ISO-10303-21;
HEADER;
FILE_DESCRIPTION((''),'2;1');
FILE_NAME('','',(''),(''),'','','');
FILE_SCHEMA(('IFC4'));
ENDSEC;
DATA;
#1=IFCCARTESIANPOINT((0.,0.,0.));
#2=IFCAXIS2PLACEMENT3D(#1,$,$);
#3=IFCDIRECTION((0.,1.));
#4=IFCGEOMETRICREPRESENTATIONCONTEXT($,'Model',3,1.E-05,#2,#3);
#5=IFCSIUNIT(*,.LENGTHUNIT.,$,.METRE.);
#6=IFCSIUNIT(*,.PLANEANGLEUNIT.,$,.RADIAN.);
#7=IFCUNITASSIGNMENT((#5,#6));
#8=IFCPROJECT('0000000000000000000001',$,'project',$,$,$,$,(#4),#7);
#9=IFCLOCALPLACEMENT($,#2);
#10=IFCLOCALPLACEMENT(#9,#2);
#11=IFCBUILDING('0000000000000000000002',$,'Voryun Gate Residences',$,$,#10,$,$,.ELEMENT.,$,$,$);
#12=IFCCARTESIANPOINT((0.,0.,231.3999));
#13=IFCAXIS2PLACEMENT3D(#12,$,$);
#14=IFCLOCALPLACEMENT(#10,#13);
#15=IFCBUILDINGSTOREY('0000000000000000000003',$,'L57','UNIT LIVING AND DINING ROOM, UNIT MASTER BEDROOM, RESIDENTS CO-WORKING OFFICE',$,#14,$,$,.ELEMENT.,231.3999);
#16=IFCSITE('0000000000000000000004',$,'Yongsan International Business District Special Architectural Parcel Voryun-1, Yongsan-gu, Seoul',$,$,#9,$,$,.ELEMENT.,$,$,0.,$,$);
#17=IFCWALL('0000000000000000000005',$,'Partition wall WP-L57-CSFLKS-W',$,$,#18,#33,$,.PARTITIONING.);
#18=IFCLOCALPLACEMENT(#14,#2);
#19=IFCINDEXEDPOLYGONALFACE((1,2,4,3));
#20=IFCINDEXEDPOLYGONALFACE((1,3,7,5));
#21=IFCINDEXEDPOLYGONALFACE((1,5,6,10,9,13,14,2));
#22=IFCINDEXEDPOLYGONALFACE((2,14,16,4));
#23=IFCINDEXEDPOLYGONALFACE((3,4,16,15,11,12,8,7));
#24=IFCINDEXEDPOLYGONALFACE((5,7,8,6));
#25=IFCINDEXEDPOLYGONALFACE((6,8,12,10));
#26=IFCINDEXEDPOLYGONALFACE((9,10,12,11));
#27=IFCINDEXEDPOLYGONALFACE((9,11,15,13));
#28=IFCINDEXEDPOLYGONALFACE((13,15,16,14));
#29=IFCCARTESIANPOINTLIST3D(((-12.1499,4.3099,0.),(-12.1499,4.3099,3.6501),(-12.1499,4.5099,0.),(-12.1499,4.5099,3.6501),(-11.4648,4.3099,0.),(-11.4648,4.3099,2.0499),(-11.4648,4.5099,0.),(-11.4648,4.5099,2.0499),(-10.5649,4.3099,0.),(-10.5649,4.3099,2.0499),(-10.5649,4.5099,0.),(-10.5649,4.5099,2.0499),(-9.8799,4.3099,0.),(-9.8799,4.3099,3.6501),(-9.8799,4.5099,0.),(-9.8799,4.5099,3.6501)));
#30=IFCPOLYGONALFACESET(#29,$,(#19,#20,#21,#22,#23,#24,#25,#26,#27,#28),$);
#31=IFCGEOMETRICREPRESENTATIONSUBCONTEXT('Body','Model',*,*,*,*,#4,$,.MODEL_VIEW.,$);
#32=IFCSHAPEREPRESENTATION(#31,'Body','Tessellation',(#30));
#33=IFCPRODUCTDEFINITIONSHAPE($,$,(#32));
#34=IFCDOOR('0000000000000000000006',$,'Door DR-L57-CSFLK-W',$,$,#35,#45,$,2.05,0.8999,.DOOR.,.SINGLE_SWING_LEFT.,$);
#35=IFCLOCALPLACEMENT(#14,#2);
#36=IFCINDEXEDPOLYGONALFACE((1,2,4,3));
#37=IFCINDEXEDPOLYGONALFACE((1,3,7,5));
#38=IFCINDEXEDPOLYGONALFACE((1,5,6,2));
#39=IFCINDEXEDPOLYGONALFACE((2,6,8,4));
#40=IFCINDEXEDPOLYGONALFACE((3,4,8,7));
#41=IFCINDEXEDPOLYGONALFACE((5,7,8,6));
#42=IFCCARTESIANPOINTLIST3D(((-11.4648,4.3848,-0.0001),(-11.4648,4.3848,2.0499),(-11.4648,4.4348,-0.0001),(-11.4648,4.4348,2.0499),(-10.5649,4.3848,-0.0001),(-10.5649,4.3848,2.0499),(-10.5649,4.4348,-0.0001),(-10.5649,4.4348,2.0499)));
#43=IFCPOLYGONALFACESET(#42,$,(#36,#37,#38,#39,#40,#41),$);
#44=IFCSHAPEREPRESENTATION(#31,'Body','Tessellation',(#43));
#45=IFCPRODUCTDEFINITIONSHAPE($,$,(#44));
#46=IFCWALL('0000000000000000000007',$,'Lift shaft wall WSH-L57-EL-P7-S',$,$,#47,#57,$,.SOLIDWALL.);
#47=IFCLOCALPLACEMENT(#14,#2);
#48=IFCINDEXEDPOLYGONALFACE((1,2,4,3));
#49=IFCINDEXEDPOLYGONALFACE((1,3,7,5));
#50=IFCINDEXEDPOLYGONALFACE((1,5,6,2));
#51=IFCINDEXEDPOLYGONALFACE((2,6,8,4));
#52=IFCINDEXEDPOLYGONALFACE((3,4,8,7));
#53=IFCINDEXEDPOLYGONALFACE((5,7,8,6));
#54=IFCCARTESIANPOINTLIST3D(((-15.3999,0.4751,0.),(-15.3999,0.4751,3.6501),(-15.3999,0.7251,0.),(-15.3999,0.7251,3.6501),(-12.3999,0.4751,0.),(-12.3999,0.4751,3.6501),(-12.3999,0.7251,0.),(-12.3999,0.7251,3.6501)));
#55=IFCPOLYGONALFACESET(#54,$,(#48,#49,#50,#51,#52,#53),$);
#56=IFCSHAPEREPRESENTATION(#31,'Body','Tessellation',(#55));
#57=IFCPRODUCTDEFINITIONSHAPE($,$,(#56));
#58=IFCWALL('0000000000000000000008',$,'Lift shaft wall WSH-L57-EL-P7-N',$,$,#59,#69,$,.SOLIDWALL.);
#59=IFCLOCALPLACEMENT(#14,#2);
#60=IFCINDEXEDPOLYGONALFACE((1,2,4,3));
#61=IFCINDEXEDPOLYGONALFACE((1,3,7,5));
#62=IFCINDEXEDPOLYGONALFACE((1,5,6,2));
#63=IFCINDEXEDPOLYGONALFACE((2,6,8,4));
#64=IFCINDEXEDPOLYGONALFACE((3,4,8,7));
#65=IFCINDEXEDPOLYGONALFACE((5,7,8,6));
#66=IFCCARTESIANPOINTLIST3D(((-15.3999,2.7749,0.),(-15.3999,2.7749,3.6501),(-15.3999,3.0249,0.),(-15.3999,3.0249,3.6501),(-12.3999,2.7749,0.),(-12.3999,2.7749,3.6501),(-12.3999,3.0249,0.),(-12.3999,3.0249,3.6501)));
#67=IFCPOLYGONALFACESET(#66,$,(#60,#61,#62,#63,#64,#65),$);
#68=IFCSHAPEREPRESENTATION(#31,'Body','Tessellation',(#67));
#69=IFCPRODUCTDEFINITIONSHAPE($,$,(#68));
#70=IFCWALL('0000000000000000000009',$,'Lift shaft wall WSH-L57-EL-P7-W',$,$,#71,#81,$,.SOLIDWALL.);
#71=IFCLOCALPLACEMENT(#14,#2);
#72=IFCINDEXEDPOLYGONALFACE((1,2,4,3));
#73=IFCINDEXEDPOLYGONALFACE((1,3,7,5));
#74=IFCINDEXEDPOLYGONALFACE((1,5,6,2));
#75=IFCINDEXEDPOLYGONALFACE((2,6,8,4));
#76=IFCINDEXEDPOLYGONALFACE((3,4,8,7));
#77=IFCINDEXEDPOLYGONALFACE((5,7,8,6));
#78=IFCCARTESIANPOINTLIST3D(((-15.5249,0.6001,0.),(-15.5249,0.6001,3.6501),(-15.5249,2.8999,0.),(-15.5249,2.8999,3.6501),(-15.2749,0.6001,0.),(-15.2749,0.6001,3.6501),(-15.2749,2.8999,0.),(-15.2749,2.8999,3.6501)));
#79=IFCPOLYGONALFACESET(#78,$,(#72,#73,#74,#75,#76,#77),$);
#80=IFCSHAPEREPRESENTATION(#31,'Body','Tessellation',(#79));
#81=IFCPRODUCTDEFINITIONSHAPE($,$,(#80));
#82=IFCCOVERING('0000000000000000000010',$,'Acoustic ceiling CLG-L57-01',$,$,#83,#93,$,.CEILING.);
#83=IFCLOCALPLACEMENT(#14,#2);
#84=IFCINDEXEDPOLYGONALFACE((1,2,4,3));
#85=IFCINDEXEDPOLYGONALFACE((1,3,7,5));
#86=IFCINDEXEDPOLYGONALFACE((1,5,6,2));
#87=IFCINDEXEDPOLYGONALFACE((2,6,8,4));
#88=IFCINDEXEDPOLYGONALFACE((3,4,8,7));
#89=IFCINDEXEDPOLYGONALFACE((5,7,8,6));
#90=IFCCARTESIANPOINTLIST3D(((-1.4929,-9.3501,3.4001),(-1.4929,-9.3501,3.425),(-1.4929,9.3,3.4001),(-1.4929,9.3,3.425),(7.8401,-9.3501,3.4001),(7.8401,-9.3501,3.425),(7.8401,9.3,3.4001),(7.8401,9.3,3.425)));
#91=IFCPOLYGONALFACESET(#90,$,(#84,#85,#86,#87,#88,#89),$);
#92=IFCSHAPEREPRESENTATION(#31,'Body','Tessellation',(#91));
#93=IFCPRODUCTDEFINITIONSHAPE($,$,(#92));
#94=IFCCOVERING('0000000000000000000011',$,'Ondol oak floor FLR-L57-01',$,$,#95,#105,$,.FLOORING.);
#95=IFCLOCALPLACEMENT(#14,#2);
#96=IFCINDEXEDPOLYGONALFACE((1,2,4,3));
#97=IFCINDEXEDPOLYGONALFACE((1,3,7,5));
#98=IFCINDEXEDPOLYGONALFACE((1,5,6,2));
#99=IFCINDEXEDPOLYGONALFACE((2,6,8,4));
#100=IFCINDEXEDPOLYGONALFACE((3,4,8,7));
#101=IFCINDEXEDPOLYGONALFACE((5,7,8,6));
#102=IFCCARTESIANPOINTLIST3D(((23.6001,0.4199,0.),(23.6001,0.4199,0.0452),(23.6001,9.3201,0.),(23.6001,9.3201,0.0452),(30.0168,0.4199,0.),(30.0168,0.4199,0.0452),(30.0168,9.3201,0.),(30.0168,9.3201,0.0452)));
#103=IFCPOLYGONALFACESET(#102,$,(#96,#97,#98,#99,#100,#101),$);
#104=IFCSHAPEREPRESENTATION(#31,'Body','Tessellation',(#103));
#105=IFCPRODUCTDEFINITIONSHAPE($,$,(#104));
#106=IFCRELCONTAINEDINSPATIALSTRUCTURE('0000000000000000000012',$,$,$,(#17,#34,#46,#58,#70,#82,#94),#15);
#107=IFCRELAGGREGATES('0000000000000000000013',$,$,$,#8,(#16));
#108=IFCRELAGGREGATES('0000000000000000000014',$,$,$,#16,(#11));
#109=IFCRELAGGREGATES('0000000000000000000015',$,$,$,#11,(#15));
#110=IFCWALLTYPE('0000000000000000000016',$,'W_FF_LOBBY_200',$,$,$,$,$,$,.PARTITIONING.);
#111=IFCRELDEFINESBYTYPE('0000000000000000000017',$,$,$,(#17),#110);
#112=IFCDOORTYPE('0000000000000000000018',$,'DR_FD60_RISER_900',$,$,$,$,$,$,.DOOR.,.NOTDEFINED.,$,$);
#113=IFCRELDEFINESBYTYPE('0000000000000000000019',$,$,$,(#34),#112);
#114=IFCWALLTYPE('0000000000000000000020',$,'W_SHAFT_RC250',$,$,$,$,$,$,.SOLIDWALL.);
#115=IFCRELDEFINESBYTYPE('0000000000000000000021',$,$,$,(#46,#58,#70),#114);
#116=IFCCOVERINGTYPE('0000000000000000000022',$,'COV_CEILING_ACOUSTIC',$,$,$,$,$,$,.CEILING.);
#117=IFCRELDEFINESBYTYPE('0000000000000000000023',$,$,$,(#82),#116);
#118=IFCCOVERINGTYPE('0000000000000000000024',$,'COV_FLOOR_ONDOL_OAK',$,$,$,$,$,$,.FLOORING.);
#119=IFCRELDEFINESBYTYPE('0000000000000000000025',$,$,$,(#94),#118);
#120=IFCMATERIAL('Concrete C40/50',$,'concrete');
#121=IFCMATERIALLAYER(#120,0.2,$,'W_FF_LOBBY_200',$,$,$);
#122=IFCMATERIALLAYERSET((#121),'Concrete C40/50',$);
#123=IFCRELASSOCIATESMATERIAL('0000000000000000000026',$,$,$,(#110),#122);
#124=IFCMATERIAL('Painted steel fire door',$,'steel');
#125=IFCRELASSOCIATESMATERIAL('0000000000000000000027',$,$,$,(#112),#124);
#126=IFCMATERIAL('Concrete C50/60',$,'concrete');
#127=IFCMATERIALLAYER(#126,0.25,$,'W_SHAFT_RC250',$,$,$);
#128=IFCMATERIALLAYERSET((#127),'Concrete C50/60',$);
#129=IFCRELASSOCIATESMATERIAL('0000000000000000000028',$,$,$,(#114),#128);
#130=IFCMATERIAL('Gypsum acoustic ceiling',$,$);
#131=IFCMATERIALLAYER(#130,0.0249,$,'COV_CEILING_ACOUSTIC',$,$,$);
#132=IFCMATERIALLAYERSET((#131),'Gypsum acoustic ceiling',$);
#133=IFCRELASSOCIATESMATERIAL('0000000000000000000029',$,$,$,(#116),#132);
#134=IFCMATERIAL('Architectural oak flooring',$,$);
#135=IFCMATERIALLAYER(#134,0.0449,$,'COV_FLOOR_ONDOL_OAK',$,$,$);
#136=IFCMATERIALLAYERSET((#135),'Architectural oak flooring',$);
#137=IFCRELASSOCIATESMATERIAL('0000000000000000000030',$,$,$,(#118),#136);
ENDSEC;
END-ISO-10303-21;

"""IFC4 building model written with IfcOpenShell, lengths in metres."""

from ifc_helpers import new_model, si_unit, direction, frame, frame_2d, origin, place, context, subcontext, project, spatial, polyline, rectangle, outline, extrude, material, layer, layer_set, type_object, element, fill, save


model = new_model("IFC4")

# Units and contexts
model_context = context("Model", 3, precision=1e-05, world=origin(), true_north=direction((0.0, 1.0)))
body_context = subcontext(model_context, "Body", "Model", "MODEL_VIEW")
ifc_project = project(units=[si_unit("LENGTHUNIT", "METRE"), si_unit("PLANEANGLEUNIT", "RADIAN")], contexts=[model_context])

# Site, building, storey
site_placement = place(None, origin())
site = spatial("IfcSite", under=ifc_project, at=site_placement, Name="Yongsan International Business District Special Architectural Parcel Voryun-1, Yongsan-gu, Seoul", CompositionType="ELEMENT", RefElevation=0.0)
building_placement = place(site_placement, origin())
building = spatial("IfcBuilding", under=site, at=building_placement, Name="Voryun Gate Residences", CompositionType="ELEMENT")
storey_placement = place(building_placement, frame((0.0, 0.0, 231.3999)))
storey = spatial("IfcBuildingStorey", under=building, at=storey_placement, Name="L57", Description="UNIT LIVING AND DINING ROOM, UNIT MASTER BEDROOM, RESIDENTS CO-WORKING OFFICE", CompositionType="ELEMENT", Elevation=231.3999)

# Wall, opening, door
ifc_material_1 = material(Name="Concrete C40/50", Category="concrete")
ifc_layer_1 = layer(ifc_material_1, 0.2, Name="W_FF_LOBBY_200")
ifc_layer_set_1 = layer_set([ifc_layer_1], Name="Concrete C40/50")
wall_type_1 = type_object("IfcWallType", Name="W_FF_LOBBY_200", PredefinedType="PARTITIONING", material=ifc_layer_set_1)
wall_1_placement = place(storey_placement, frame((-12.1499, 4.4099, 0.0), z_axis=(0.0, 0.0, 1.0), x_axis=(1.0, 0.0, 0.0)))
wall_1 = element("IfcWall", 1, at=wall_1_placement, inside=storey, type_object=wall_type_1, Name="Partition wall WP-L57-CSFLKS-W", PredefinedType="PARTITIONING", context=body_context, shape_type="SweptSolid", body=[
    extrude(rectangle(XDim=2.27, YDim=0.2, at=frame_2d((1.135, 0.0))), origin(), (0.0, 0.0, 1.0), 3.6501),
])
opening_placement = place(wall_1_placement, frame((0.6851, 0.0, 0.0)))
opening = element("IfcOpeningElement", 2, at=opening_placement, cuts=wall_1, PredefinedType="OPENING", context=body_context, shape_type="SweptSolid", body=[
    extrude(rectangle(XDim=0.8999, YDim=2.05, at=frame_2d((0.45, 1.0249))), frame((0.0, 0.1101, 0.0), z_axis=(0.0, -1.0, 0.0), x_axis=(1.0, 0.0, 0.0)), (0.0, 0.0, 1.0), 0.22),
])
ifc_material_2 = material(Name="Painted steel fire door", Category="steel")
door_type = type_object("IfcDoorType", Name="DR_FD60_RISER_900", OperationType="NOTDEFINED", PredefinedType="DOOR", material=ifc_material_2)
door_placement = place(opening_placement, origin())
door = element("IfcDoor", 3, at=door_placement, inside=storey, type_object=door_type, Name="Door DR-L57-CSFLK-W", OperationType="SINGLE_SWING_LEFT", OverallHeight=2.05, OverallWidth=0.8999, PredefinedType="DOOR", context=body_context, shape_type="SweptSolid", body=[
    extrude(rectangle(XDim=0.8999, YDim=2.05, at=frame_2d((0.45, 1.0249))), frame((0.0, 0.0249, 0.0), z_axis=(0.0, -1.0, 0.0), x_axis=(1.0, 0.0, 0.0)), (0.0, 0.0, 1.0), 0.05),
])
fill(opening, door)

# Walls
ifc_material_3 = material(Name="Concrete C50/60", Category="concrete")
ifc_layer_2 = layer(ifc_material_3, 0.25, Name="W_SHAFT_RC250")
ifc_layer_set_2 = layer_set([ifc_layer_2], Name="Concrete C50/60")
wall_type_2 = type_object("IfcWallType", Name="W_SHAFT_RC250", PredefinedType="SOLIDWALL", material=ifc_layer_set_2)
for number, where, z_axis, x_axis, name in (
    (4, (-15.3999, 0.6001, 0.0), (0.0, 0.0, 1.0), (1.0, 0.0, 0.0), "Lift shaft wall WSH-L57-EL-P7-S"),
    (5, (-12.3999, 2.8999, 0.0), (0.0, 0.0, 1.0), (-1.0, 0.0, 0.0), "Lift shaft wall WSH-L57-EL-P7-N"),
):
    element("IfcWall", number, at=place(storey_placement, frame(where, z_axis=z_axis, x_axis=x_axis)), inside=storey, type_object=wall_type_2, Name=name, PredefinedType="SOLIDWALL", context=body_context, shape_type="SweptSolid", body=[
        extrude(rectangle(XDim=3.0, YDim=0.25, at=frame_2d((1.5, 0.0))), origin(), (0.0, 0.0, 1.0), 3.6501),
    ])
wall_2_placement = place(storey_placement, frame((-15.3999, 2.8999, 0.0), z_axis=(0.0, 0.0, 1.0), x_axis=(0.0, -1.0, 0.0)))
element("IfcWall", 6, at=wall_2_placement, inside=storey, type_object=wall_type_2, Name="Lift shaft wall WSH-L57-EL-P7-W", PredefinedType="SOLIDWALL", context=body_context, shape_type="SweptSolid", body=[
    extrude(rectangle(XDim=2.2998, YDim=0.25, at=frame_2d((1.1499, 0.0))), origin(), (0.0, 0.0, 1.0), 3.6501),
])

# Coverings
ifc_material_4 = material(Name="Gypsum acoustic ceiling")
ifc_layer_3 = layer(ifc_material_4, 0.0249, Name="COV_CEILING_ACOUSTIC")
ifc_layer_set_3 = layer_set([ifc_layer_3], Name="Gypsum acoustic ceiling")
covering_type_1 = type_object("IfcCoveringType", Name="COV_CEILING_ACOUSTIC", PredefinedType="CEILING", material=ifc_layer_set_3)
covering_1_placement = place(storey_placement, frame((0.0, 0.0, 3.4001)))
element("IfcCovering", 7, at=covering_1_placement, inside=storey, type_object=covering_type_1, Name="Acoustic ceiling CLG-L57-01", PredefinedType="CEILING", context=body_context, shape_type="SweptSolid", body=[
    extrude(outline(polyline([(-1.4929, -9.3501), (-1.4929, 9.3), (7.8401, 9.3), (7.8401, -9.3501), (-1.4929, -9.3501)])), origin(), (0.0, 0.0, 1.0), 0.0249),
])
ifc_material_5 = material(Name="Architectural oak flooring")
ifc_layer_4 = layer(ifc_material_5, 0.0449, Name="COV_FLOOR_ONDOL_OAK")
ifc_layer_set_4 = layer_set([ifc_layer_4], Name="Architectural oak flooring")
covering_type_2 = type_object("IfcCoveringType", Name="COV_FLOOR_ONDOL_OAK", PredefinedType="FLOORING", material=ifc_layer_set_4)
covering_2_placement = place(storey_placement, origin())
element("IfcCovering", 8, at=covering_2_placement, inside=storey, type_object=covering_type_2, Name="Ondol oak floor FLR-L57-01", PredefinedType="FLOORING", context=body_context, shape_type="SweptSolid", body=[
    extrude(outline(polyline([(23.6001, 0.4199), (23.6001, 9.3201), (30.0168, 9.3201), (30.0168, 0.4199), (23.6001, 0.4199)])), origin(), (0.0, 0.0, 1.0), 0.0452),
])

save(model, "model.ifc")
